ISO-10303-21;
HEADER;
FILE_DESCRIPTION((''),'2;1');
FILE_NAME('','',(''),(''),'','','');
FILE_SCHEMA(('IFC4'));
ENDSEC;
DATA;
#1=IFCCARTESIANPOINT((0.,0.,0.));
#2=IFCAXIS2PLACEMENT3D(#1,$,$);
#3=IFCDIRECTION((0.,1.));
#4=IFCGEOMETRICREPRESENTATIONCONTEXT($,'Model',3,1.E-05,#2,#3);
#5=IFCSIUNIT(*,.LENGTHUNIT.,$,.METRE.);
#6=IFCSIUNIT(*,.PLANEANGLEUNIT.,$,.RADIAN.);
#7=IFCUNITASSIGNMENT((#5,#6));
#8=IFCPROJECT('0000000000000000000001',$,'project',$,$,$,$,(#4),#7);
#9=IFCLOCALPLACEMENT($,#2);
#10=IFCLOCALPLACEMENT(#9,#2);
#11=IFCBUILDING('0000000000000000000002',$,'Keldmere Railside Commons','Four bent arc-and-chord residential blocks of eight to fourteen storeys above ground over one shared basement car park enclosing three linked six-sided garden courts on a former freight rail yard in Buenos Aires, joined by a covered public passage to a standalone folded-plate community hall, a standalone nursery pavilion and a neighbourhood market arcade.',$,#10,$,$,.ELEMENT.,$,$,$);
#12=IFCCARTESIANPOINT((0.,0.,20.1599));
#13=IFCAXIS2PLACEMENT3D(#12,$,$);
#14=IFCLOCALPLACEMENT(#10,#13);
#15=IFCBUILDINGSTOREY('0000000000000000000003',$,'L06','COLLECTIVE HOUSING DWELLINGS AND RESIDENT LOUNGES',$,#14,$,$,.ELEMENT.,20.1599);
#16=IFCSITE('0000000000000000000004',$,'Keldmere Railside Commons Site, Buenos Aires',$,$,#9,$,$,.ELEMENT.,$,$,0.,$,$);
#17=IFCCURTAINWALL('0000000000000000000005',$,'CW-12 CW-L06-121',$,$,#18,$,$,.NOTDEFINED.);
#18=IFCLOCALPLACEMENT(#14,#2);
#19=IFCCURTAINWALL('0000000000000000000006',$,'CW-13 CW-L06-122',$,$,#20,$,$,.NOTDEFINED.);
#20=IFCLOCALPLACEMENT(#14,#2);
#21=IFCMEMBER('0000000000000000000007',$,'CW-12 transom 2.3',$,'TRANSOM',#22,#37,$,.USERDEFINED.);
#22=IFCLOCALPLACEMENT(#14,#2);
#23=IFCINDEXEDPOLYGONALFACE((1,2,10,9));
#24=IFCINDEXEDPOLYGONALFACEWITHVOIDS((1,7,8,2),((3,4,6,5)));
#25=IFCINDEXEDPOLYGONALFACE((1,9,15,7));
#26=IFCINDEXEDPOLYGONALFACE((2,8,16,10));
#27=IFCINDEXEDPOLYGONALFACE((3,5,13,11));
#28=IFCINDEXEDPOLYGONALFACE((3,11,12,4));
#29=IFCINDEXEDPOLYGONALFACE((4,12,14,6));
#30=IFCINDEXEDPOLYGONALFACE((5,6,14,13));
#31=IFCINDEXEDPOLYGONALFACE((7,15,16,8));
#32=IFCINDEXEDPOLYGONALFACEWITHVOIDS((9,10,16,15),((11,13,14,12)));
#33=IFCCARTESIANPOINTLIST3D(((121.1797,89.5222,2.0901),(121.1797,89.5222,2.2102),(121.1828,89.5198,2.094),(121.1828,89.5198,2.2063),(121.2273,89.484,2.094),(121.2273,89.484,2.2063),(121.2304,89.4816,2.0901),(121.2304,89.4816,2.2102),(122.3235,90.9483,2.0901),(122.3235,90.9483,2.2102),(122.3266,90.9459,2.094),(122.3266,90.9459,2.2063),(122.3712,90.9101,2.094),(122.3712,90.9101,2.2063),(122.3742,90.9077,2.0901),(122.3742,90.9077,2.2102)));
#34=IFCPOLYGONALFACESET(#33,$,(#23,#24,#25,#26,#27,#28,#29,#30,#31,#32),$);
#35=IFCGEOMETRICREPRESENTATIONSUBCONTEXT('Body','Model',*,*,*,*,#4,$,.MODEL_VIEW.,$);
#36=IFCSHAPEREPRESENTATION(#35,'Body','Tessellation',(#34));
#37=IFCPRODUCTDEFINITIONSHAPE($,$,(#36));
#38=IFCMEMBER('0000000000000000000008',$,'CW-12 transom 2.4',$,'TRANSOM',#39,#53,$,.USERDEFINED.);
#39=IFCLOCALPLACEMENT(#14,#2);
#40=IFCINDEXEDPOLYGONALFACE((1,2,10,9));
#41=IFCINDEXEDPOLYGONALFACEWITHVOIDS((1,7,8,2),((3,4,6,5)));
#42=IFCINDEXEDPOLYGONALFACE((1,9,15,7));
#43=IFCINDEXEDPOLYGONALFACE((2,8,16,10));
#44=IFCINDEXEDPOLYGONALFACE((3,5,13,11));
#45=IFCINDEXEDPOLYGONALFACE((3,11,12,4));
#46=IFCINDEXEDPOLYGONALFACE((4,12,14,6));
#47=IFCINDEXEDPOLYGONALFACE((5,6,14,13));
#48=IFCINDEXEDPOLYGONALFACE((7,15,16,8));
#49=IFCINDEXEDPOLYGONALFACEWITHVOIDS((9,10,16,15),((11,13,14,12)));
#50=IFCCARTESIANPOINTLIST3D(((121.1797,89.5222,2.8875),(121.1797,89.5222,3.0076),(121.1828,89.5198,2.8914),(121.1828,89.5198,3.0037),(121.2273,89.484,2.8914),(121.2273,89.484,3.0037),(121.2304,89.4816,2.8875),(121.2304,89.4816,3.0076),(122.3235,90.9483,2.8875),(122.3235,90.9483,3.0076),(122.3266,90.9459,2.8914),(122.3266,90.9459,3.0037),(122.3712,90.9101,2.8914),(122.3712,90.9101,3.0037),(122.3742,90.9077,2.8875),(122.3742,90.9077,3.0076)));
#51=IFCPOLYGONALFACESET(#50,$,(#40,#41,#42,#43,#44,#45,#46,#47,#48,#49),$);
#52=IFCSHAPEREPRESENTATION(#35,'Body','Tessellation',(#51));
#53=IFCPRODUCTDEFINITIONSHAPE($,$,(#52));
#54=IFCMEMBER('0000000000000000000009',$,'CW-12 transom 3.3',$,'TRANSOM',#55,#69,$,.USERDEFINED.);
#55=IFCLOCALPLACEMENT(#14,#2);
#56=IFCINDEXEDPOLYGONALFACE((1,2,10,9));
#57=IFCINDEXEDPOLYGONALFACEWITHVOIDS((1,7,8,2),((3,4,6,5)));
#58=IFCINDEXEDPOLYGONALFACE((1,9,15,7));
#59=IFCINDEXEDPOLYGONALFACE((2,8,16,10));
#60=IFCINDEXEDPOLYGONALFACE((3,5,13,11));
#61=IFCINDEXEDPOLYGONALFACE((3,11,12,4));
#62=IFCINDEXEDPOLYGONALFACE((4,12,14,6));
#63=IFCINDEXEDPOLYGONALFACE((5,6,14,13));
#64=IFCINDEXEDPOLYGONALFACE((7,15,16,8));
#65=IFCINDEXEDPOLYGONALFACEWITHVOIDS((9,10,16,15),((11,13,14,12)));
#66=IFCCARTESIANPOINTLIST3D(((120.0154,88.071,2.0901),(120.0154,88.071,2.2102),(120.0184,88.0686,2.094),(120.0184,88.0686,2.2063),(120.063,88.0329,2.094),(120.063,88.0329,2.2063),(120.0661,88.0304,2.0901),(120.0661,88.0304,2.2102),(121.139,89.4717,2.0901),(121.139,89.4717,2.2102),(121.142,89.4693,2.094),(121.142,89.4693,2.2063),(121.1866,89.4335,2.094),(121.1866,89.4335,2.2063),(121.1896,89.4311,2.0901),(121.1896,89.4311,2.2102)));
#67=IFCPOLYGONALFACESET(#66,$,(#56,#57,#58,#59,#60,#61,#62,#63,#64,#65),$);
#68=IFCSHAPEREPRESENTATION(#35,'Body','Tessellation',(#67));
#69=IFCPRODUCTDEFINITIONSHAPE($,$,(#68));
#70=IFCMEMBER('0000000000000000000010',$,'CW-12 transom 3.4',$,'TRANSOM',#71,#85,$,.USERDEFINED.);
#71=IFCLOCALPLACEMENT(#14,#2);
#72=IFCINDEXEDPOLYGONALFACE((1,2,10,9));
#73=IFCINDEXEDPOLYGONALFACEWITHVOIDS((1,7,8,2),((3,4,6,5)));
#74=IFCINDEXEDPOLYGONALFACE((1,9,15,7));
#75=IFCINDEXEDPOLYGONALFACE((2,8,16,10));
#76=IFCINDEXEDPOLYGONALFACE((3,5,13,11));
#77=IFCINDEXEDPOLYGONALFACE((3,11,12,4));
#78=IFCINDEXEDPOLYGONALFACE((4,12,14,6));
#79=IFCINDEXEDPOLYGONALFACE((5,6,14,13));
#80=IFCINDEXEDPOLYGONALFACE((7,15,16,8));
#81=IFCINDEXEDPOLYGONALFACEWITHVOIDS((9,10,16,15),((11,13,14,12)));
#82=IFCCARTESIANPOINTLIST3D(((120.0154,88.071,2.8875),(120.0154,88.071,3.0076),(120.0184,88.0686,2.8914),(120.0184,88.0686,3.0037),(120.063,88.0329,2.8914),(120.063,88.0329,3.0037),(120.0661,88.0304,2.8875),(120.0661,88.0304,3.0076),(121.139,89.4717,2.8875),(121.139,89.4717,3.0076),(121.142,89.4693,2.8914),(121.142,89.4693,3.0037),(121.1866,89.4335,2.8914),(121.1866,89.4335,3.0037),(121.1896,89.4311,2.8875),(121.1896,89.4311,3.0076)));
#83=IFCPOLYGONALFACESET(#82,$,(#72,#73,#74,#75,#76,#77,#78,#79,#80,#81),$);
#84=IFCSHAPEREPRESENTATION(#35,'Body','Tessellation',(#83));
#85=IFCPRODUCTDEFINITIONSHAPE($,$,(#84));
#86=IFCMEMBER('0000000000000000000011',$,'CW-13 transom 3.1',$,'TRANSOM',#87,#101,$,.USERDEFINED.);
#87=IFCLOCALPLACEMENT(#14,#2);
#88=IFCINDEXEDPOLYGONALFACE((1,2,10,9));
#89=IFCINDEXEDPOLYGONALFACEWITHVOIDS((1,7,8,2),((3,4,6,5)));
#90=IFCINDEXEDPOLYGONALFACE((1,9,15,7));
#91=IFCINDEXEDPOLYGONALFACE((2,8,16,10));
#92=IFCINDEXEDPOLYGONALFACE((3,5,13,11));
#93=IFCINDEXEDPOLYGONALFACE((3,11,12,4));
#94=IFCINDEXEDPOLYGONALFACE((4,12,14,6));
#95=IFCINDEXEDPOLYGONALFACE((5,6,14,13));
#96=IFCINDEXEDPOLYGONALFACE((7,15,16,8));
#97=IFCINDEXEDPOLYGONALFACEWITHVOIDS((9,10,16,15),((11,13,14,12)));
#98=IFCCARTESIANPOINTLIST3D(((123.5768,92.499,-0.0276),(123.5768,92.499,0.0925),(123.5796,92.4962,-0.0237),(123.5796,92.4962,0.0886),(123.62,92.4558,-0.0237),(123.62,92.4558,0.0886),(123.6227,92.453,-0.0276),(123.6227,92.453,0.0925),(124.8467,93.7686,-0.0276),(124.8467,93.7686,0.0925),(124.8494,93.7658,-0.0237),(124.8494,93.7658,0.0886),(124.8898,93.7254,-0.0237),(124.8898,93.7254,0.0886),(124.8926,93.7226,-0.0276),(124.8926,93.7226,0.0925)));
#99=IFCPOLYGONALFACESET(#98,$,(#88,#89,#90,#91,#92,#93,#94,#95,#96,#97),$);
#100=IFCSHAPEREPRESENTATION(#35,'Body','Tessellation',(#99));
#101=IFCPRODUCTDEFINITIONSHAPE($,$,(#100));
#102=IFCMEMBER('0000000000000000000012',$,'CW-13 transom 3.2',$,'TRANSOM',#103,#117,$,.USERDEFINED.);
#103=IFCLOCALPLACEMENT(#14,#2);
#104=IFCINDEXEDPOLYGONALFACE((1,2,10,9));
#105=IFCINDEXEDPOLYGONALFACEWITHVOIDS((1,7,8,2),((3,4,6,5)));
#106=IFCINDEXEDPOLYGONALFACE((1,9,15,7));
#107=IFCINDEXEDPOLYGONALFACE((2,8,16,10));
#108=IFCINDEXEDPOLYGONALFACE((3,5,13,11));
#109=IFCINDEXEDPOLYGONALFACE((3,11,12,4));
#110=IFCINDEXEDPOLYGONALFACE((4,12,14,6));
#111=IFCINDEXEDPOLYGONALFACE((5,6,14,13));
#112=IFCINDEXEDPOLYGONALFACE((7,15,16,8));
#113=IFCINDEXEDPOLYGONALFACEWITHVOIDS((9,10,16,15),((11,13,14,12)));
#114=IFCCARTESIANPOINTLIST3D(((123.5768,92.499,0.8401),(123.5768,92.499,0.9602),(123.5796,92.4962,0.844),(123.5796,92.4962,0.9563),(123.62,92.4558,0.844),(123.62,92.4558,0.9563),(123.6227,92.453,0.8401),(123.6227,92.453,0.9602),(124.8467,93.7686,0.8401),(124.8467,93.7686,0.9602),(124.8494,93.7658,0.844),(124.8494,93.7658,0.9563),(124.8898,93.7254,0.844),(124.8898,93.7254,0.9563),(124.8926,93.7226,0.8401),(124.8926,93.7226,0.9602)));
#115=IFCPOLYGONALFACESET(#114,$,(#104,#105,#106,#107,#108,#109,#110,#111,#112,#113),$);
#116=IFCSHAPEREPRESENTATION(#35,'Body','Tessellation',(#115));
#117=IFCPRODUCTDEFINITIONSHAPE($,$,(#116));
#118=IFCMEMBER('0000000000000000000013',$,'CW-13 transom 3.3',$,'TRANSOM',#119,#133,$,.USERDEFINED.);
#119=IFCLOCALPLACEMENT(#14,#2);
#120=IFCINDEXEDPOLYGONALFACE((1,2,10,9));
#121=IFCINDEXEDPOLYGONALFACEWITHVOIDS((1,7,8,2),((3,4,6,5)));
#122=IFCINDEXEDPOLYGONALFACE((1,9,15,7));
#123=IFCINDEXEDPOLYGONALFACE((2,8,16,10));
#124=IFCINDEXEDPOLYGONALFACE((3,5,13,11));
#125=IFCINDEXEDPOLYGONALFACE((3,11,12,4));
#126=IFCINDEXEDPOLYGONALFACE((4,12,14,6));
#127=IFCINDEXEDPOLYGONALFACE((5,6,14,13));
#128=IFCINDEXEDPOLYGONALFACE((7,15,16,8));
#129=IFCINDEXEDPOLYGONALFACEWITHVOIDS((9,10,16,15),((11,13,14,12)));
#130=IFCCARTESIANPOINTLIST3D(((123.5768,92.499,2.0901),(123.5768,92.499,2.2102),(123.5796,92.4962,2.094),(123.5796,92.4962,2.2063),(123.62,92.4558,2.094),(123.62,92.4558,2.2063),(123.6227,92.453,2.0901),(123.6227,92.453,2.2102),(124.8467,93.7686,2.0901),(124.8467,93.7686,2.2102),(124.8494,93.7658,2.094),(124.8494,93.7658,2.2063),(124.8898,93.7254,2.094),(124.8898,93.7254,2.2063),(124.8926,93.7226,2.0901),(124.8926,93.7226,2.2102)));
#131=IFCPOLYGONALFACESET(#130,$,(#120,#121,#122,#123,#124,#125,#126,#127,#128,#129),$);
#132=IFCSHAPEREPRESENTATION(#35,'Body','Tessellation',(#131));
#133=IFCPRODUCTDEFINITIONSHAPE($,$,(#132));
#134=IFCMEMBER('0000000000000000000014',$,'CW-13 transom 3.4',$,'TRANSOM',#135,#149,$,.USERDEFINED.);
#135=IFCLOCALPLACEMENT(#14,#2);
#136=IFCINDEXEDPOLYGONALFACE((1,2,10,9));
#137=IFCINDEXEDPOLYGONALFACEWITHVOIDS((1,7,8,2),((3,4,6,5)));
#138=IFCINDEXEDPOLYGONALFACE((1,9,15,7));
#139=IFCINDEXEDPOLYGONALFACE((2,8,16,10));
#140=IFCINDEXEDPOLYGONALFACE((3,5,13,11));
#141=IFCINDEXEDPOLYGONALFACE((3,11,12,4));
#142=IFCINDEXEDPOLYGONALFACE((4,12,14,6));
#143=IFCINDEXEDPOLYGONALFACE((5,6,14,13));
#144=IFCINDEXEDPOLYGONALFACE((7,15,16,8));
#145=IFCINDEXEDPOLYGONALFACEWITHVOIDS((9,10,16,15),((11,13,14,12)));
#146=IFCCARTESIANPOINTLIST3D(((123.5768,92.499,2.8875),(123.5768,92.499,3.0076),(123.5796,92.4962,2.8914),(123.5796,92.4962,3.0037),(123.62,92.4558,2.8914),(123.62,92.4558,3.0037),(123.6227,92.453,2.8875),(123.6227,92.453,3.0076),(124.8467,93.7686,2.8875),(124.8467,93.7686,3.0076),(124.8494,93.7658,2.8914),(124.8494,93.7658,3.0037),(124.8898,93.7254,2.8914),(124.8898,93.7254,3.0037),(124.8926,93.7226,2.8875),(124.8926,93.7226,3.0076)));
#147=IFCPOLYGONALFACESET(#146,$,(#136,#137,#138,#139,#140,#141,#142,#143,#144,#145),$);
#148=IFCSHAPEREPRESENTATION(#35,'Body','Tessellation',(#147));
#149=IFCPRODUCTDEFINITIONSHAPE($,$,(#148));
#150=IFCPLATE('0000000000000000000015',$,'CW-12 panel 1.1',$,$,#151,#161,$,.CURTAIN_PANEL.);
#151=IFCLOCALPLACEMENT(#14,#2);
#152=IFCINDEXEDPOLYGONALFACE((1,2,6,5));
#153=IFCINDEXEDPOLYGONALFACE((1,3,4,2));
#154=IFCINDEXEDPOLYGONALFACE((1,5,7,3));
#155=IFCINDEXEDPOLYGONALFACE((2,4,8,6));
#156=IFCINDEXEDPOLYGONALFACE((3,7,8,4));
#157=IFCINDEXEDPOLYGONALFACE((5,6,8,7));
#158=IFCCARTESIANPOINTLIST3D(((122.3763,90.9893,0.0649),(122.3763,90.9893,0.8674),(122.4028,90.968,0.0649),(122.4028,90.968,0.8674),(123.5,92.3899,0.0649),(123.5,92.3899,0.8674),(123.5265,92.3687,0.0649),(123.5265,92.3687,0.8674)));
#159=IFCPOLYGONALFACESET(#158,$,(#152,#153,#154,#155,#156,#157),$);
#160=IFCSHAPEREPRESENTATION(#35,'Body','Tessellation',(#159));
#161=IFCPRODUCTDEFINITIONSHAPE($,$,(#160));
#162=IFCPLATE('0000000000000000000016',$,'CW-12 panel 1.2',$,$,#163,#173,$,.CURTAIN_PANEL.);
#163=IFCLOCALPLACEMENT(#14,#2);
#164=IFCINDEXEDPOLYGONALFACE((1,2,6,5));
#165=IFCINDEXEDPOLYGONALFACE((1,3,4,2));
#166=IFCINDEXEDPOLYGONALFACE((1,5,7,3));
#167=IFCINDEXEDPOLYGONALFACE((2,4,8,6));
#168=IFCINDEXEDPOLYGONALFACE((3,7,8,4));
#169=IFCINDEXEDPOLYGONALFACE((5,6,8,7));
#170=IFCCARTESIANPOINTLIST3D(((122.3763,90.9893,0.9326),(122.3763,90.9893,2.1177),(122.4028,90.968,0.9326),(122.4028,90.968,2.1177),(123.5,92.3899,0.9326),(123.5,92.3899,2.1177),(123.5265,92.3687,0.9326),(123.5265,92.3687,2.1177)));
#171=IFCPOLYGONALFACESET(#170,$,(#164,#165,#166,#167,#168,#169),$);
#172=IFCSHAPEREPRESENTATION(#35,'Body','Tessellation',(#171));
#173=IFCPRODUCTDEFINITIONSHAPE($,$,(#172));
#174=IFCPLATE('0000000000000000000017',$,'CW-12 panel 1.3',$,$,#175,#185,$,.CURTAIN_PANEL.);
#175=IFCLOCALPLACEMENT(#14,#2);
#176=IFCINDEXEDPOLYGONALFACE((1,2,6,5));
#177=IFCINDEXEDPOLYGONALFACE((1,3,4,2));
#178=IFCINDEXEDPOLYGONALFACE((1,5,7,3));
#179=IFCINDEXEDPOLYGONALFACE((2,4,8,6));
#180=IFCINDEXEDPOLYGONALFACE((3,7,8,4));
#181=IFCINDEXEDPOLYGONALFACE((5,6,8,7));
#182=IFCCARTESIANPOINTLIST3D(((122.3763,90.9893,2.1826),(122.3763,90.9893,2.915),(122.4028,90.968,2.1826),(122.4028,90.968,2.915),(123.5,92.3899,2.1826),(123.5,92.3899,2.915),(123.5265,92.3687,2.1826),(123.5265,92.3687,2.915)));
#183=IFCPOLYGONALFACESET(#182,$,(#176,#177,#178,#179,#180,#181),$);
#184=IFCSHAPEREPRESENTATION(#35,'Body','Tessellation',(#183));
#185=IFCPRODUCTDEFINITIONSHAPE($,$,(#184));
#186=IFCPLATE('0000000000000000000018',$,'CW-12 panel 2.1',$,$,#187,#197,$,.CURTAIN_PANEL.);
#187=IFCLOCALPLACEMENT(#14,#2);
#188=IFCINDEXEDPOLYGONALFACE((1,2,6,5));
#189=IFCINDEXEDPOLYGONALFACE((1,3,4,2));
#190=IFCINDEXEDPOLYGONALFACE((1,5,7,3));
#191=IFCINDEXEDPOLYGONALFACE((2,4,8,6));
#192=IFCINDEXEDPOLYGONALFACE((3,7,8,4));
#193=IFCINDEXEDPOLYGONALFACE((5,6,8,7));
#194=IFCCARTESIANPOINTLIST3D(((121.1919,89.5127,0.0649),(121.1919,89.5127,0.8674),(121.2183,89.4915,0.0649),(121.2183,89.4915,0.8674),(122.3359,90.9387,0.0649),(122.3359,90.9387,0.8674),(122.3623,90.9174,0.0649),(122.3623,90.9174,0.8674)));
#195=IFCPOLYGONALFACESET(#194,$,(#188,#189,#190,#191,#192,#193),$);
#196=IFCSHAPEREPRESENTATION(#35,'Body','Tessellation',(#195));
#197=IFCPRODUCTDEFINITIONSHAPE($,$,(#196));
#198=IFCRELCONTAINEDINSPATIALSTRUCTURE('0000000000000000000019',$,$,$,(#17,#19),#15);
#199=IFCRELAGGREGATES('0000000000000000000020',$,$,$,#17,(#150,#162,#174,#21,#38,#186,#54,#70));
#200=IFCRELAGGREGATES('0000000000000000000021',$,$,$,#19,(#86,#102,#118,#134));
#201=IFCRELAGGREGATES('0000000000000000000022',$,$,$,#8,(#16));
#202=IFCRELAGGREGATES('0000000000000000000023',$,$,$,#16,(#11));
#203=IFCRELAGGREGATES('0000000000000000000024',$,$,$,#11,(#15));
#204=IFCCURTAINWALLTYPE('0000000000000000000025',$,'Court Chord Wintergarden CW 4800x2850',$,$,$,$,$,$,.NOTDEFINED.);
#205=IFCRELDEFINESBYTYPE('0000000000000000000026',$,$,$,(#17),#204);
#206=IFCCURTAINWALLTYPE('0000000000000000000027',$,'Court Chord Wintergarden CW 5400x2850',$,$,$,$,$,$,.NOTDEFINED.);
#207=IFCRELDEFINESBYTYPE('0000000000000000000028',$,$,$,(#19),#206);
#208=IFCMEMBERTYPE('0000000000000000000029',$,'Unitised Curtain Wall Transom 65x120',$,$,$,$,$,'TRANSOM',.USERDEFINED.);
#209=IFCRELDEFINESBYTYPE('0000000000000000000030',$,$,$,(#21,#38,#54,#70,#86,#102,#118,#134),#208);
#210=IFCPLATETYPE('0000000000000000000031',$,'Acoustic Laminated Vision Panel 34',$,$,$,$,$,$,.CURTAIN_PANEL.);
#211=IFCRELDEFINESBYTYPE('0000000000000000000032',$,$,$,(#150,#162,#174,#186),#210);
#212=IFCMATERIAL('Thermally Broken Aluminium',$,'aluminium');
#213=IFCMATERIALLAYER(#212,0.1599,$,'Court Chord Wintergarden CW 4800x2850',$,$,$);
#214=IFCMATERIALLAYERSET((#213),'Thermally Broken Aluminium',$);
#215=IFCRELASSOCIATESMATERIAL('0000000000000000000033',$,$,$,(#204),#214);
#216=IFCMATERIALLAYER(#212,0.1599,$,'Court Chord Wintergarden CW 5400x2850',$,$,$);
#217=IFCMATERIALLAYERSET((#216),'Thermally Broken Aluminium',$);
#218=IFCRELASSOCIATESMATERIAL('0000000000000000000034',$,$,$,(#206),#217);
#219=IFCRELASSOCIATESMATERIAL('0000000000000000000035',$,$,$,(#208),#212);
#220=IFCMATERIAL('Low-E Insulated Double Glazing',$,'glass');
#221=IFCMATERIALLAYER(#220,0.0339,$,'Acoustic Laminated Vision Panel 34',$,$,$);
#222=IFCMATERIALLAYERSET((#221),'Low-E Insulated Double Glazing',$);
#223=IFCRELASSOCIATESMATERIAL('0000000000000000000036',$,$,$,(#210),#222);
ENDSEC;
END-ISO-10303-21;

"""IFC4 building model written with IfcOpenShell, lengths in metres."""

from ifc_helpers import new_model, si_unit, direction, frame, origin, origin_2d, place, context, subcontext, project, spatial, rectangle, hollow_rectangle, extrude, material, layer, layer_set, material_profile, profile_set, type_object, element, aggregate, save


model = new_model("IFC4")

# Units and contexts
model_context = context("Model", 3, precision=1e-05, world=origin(), true_north=direction((0.0, 1.0)))
body_context = subcontext(model_context, "Body", "Model", "MODEL_VIEW")
ifc_project = project(units=[si_unit("LENGTHUNIT", "METRE"), si_unit("PLANEANGLEUNIT", "RADIAN")], contexts=[model_context])

# Site, building, storey
site_placement = place(None, origin())
site = spatial("IfcSite", under=ifc_project, at=site_placement, Name="Keldmere Railside Commons Site, Buenos Aires", CompositionType="ELEMENT", RefElevation=0.0)
building_placement = place(site_placement, origin())
building = spatial("IfcBuilding", under=site, at=building_placement, Name="Keldmere Railside Commons", Description="Four bent arc-and-chord residential blocks of eight to fourteen storeys above ground over one shared basement car park enclosing three linked six-sided garden courts on a former freight rail yard in Buenos Aires, joined by a covered public passage to a standalone folded-plate community hall, a standalone nursery pavilion and a neighbourhood market arcade.", CompositionType="ELEMENT")
storey_placement = place(building_placement, frame((0.0, 0.0, 20.1599)))
storey = spatial("IfcBuildingStorey", under=building, at=storey_placement, Name="L06", Description="COLLECTIVE HOUSING DWELLINGS AND RESIDENT LOUNGES", CompositionType="ELEMENT", Elevation=20.1599)

# Curtain walls
ifc_material_1 = material(Name="Thermally Broken Aluminium", Category="aluminium")
ifc_layer_1 = layer(ifc_material_1, 0.1599, Name="Court Chord Wintergarden CW 4800x2850")
ifc_layer_set_1 = layer_set([ifc_layer_1], Name="Thermally Broken Aluminium")
curtain_wall_type_1 = type_object("IfcCurtainWallType", Name="Court Chord Wintergarden CW 4800x2850", PredefinedType="NOTDEFINED", material=ifc_layer_set_1)
curtain_wall_1_placement = place(storey_placement, origin())
curtain_wall_1 = element("IfcCurtainWall", 1, at=curtain_wall_1_placement, inside=storey, type_object=curtain_wall_type_1, Name="CW-12 CW-L06-121", PredefinedType="NOTDEFINED")
ifc_layer_2 = layer(ifc_material_1, 0.1599, Name="Court Chord Wintergarden CW 5400x2850")
ifc_layer_set_2 = layer_set([ifc_layer_2], Name="Thermally Broken Aluminium")
curtain_wall_type_2 = type_object("IfcCurtainWallType", Name="Court Chord Wintergarden CW 5400x2850", PredefinedType="NOTDEFINED", material=ifc_layer_set_2)
curtain_wall_2_placement = place(storey_placement, origin())
curtain_wall_2 = element("IfcCurtainWall", 2, at=curtain_wall_2_placement, inside=storey, type_object=curtain_wall_type_2, Name="CW-13 CW-L06-122", PredefinedType="NOTDEFINED")

# Members
ifc_material_profile_1 = material_profile(ifc_material_1, hollow_rectangle(XDim=0.0649, YDim=0.1201, WallThickness=0.0039, at=origin_2d()), Name="ALU-TRAN-65x120")
ifc_profile_set_1 = profile_set([ifc_material_profile_1], Name="Thermally Broken Aluminium")
member_type_1 = type_object("IfcMemberType", Name="Unitised Curtain Wall Transom 65x120", ElementType="TRANSOM", PredefinedType="USERDEFINED", material=ifc_profile_set_1)
member_1_placement = place(storey_placement, frame((122.3489, 90.928, 2.1501), z_axis=(-0.625688, -0.780073, 0.0), x_axis=(0.780073, -0.625688, 0.0)))
member_1 = element("IfcMember", 3, at=member_1_placement, type_object=member_type_1, Name="CW-12 transom 2.3", ObjectType="TRANSOM", PredefinedType="USERDEFINED", context=body_context, shape_type="SweptSolid", body=[
    extrude(hollow_rectangle(XDim=0.0649, YDim=0.1201, WallThickness=0.0039, at=origin_2d()), origin(), (0.0, 0.0, 1.0), 1.8281),
])
member_2_placement = place(storey_placement, frame((122.3489, 90.928, 2.9475), z_axis=(-0.625688, -0.780073, 0.0), x_axis=(0.780073, -0.625688, 0.0)))
member_2 = element("IfcMember", 4, at=member_2_placement, type_object=member_type_1, Name="CW-12 transom 2.4", ObjectType="TRANSOM", PredefinedType="USERDEFINED", context=body_context, shape_type="SweptSolid", body=[
    extrude(hollow_rectangle(XDim=0.0649, YDim=0.1201, WallThickness=0.0039, at=origin_2d()), origin(), (0.0, 0.0, 1.0), 1.8281),
])
member_3_placement = place(storey_placement, frame((121.1643, 89.4514, 2.1501), z_axis=(-0.625723, -0.780046, 0.0), x_axis=(0.780046, -0.625723, 0.0)))
member_3 = element("IfcMember", 5, at=member_3_placement, type_object=member_type_1, Name="CW-12 transom 3.3", ObjectType="TRANSOM", PredefinedType="USERDEFINED", context=body_context, shape_type="SweptSolid", body=[
    extrude(hollow_rectangle(XDim=0.0649, YDim=0.1201, WallThickness=0.0039, at=origin_2d()), origin(), (0.0, 0.0, 1.0), 1.7957),
])
member_4_placement = place(storey_placement, frame((121.1643, 89.4514, 2.9475), z_axis=(-0.625723, -0.780046, 0.0), x_axis=(0.780046, -0.625723, 0.0)))
member_4 = element("IfcMember", 6, at=member_4_placement, type_object=member_type_1, Name="CW-12 transom 3.4", ObjectType="TRANSOM", PredefinedType="USERDEFINED", context=body_context, shape_type="SweptSolid", body=[
    extrude(hollow_rectangle(XDim=0.0649, YDim=0.1201, WallThickness=0.0039, at=origin_2d()), origin(), (0.0, 0.0, 1.0), 1.7957),
])
member_5_placement = place(storey_placement, frame((124.8696, 93.7456, 0.0325), z_axis=(-0.707175, -0.707039, 0.0), x_axis=(0.707039, -0.707175, 0.0)))
member_5 = element("IfcMember", 7, at=member_5_placement, type_object=member_type_1, Name="CW-13 transom 3.1", ObjectType="TRANSOM", PredefinedType="USERDEFINED", context=body_context, shape_type="SweptSolid", body=[
    extrude(hollow_rectangle(XDim=0.0649, YDim=0.1201, WallThickness=0.0039, at=origin_2d()), origin(), (0.0, 0.0, 1.0), 1.7957),
])
member_6_placement = place(storey_placement, frame((124.8696, 93.7456, 0.9001), z_axis=(-0.707175, -0.707039, 0.0), x_axis=(0.707039, -0.707175, 0.0)))
member_6 = element("IfcMember", 8, at=member_6_placement, type_object=member_type_1, Name="CW-13 transom 3.2", ObjectType="TRANSOM", PredefinedType="USERDEFINED", context=body_context, shape_type="SweptSolid", body=[
    extrude(hollow_rectangle(XDim=0.0649, YDim=0.1201, WallThickness=0.0039, at=origin_2d()), origin(), (0.0, 0.0, 1.0), 1.7957),
])
member_7_placement = place(storey_placement, frame((124.8696, 93.7456, 2.1501), z_axis=(-0.707175, -0.707039, 0.0), x_axis=(0.707039, -0.707175, 0.0)))
member_7 = element("IfcMember", 9, at=member_7_placement, type_object=member_type_1, Name="CW-13 transom 3.3", ObjectType="TRANSOM", PredefinedType="USERDEFINED", context=body_context, shape_type="SweptSolid", body=[
    extrude(hollow_rectangle(XDim=0.0649, YDim=0.1201, WallThickness=0.0039, at=origin_2d()), origin(), (0.0, 0.0, 1.0), 1.7957),
])
member_8_placement = place(storey_placement, frame((124.8696, 93.7456, 2.9475), z_axis=(-0.707175, -0.707039, 0.0), x_axis=(0.707039, -0.707175, 0.0)))
member_8 = element("IfcMember", 10, at=member_8_placement, type_object=member_type_1, Name="CW-13 transom 3.4", ObjectType="TRANSOM", PredefinedType="USERDEFINED", context=body_context, shape_type="SweptSolid", body=[
    extrude(hollow_rectangle(XDim=0.0649, YDim=0.1201, WallThickness=0.0039, at=origin_2d()), origin(), (0.0, 0.0, 1.0), 1.7957),
])

# Plates
ifc_material_2 = material(Name="Low-E Insulated Double Glazing", Category="glass")
ifc_layer_3 = layer(ifc_material_2, 0.0339, Name="Acoustic Laminated Vision Panel 34")
ifc_layer_set_3 = layer_set([ifc_layer_3], Name="Low-E Insulated Double Glazing")
plate_type_1 = type_object("IfcPlateType", Name="Acoustic Laminated Vision Panel 34", PredefinedType="CURTAIN_PANEL", material=ifc_layer_set_3)
plate_1_placement = place(storey_placement, frame((122.9514, 91.679, 0.0649), z_axis=(0.0, 0.0, 1.0), x_axis=(-0.625768, -0.780009, 0.0)))
plate_1 = element("IfcPlate", 11, at=plate_1_placement, type_object=plate_type_1, Name="CW-12 panel 1.1", PredefinedType="CURTAIN_PANEL", context=body_context, shape_type="SweptSolid", body=[
    extrude(rectangle(XDim=1.7957, YDim=0.0339, at=origin_2d()), origin(), (0.0, 0.0, 1.0), 0.8025),
])
plate_2_placement = place(storey_placement, frame((122.9514, 91.679, 0.9326), z_axis=(0.0, 0.0, 1.0), x_axis=(-0.625768, -0.780009, 0.0)))
plate_2 = element("IfcPlate", 12, at=plate_2_placement, type_object=plate_type_1, Name="CW-12 panel 1.2", PredefinedType="CURTAIN_PANEL", context=body_context, shape_type="SweptSolid", body=[
    extrude(rectangle(XDim=1.7957, YDim=0.0339, at=origin_2d()), origin(), (0.0, 0.0, 1.0), 1.1851),
])
plate_3_placement = place(storey_placement, frame((122.9514, 91.679, 2.1826), z_axis=(0.0, 0.0, 1.0), x_axis=(-0.625768, -0.780009, 0.0)))
plate_3 = element("IfcPlate", 13, at=plate_3_placement, type_object=plate_type_1, Name="CW-12 panel 1.3", PredefinedType="CURTAIN_PANEL", context=body_context, shape_type="SweptSolid", body=[
    extrude(rectangle(XDim=1.7957, YDim=0.0339, at=origin_2d()), origin(), (0.0, 0.0, 1.0), 0.7324),
])
plate_4_placement = place(storey_placement, frame((121.7771, 90.2151, 0.0649), z_axis=(0.0, 0.0, 1.0), x_axis=(-0.625768, -0.780009, 0.0)))
plate_4 = element("IfcPlate", 14, at=plate_4_placement, type_object=plate_type_1, Name="CW-12 panel 2.1", PredefinedType="CURTAIN_PANEL", context=body_context, shape_type="SweptSolid", body=[
    extrude(rectangle(XDim=1.8281, YDim=0.0339, at=origin_2d()), origin(), (0.0, 0.0, 1.0), 0.8025),
])
aggregate(curtain_wall_1, [plate_1, plate_2, plate_3, member_1, member_2, plate_4, member_3, member_4])
aggregate(curtain_wall_2, [member_5, member_6, member_7, member_8])

save(model, "model.ifc")
